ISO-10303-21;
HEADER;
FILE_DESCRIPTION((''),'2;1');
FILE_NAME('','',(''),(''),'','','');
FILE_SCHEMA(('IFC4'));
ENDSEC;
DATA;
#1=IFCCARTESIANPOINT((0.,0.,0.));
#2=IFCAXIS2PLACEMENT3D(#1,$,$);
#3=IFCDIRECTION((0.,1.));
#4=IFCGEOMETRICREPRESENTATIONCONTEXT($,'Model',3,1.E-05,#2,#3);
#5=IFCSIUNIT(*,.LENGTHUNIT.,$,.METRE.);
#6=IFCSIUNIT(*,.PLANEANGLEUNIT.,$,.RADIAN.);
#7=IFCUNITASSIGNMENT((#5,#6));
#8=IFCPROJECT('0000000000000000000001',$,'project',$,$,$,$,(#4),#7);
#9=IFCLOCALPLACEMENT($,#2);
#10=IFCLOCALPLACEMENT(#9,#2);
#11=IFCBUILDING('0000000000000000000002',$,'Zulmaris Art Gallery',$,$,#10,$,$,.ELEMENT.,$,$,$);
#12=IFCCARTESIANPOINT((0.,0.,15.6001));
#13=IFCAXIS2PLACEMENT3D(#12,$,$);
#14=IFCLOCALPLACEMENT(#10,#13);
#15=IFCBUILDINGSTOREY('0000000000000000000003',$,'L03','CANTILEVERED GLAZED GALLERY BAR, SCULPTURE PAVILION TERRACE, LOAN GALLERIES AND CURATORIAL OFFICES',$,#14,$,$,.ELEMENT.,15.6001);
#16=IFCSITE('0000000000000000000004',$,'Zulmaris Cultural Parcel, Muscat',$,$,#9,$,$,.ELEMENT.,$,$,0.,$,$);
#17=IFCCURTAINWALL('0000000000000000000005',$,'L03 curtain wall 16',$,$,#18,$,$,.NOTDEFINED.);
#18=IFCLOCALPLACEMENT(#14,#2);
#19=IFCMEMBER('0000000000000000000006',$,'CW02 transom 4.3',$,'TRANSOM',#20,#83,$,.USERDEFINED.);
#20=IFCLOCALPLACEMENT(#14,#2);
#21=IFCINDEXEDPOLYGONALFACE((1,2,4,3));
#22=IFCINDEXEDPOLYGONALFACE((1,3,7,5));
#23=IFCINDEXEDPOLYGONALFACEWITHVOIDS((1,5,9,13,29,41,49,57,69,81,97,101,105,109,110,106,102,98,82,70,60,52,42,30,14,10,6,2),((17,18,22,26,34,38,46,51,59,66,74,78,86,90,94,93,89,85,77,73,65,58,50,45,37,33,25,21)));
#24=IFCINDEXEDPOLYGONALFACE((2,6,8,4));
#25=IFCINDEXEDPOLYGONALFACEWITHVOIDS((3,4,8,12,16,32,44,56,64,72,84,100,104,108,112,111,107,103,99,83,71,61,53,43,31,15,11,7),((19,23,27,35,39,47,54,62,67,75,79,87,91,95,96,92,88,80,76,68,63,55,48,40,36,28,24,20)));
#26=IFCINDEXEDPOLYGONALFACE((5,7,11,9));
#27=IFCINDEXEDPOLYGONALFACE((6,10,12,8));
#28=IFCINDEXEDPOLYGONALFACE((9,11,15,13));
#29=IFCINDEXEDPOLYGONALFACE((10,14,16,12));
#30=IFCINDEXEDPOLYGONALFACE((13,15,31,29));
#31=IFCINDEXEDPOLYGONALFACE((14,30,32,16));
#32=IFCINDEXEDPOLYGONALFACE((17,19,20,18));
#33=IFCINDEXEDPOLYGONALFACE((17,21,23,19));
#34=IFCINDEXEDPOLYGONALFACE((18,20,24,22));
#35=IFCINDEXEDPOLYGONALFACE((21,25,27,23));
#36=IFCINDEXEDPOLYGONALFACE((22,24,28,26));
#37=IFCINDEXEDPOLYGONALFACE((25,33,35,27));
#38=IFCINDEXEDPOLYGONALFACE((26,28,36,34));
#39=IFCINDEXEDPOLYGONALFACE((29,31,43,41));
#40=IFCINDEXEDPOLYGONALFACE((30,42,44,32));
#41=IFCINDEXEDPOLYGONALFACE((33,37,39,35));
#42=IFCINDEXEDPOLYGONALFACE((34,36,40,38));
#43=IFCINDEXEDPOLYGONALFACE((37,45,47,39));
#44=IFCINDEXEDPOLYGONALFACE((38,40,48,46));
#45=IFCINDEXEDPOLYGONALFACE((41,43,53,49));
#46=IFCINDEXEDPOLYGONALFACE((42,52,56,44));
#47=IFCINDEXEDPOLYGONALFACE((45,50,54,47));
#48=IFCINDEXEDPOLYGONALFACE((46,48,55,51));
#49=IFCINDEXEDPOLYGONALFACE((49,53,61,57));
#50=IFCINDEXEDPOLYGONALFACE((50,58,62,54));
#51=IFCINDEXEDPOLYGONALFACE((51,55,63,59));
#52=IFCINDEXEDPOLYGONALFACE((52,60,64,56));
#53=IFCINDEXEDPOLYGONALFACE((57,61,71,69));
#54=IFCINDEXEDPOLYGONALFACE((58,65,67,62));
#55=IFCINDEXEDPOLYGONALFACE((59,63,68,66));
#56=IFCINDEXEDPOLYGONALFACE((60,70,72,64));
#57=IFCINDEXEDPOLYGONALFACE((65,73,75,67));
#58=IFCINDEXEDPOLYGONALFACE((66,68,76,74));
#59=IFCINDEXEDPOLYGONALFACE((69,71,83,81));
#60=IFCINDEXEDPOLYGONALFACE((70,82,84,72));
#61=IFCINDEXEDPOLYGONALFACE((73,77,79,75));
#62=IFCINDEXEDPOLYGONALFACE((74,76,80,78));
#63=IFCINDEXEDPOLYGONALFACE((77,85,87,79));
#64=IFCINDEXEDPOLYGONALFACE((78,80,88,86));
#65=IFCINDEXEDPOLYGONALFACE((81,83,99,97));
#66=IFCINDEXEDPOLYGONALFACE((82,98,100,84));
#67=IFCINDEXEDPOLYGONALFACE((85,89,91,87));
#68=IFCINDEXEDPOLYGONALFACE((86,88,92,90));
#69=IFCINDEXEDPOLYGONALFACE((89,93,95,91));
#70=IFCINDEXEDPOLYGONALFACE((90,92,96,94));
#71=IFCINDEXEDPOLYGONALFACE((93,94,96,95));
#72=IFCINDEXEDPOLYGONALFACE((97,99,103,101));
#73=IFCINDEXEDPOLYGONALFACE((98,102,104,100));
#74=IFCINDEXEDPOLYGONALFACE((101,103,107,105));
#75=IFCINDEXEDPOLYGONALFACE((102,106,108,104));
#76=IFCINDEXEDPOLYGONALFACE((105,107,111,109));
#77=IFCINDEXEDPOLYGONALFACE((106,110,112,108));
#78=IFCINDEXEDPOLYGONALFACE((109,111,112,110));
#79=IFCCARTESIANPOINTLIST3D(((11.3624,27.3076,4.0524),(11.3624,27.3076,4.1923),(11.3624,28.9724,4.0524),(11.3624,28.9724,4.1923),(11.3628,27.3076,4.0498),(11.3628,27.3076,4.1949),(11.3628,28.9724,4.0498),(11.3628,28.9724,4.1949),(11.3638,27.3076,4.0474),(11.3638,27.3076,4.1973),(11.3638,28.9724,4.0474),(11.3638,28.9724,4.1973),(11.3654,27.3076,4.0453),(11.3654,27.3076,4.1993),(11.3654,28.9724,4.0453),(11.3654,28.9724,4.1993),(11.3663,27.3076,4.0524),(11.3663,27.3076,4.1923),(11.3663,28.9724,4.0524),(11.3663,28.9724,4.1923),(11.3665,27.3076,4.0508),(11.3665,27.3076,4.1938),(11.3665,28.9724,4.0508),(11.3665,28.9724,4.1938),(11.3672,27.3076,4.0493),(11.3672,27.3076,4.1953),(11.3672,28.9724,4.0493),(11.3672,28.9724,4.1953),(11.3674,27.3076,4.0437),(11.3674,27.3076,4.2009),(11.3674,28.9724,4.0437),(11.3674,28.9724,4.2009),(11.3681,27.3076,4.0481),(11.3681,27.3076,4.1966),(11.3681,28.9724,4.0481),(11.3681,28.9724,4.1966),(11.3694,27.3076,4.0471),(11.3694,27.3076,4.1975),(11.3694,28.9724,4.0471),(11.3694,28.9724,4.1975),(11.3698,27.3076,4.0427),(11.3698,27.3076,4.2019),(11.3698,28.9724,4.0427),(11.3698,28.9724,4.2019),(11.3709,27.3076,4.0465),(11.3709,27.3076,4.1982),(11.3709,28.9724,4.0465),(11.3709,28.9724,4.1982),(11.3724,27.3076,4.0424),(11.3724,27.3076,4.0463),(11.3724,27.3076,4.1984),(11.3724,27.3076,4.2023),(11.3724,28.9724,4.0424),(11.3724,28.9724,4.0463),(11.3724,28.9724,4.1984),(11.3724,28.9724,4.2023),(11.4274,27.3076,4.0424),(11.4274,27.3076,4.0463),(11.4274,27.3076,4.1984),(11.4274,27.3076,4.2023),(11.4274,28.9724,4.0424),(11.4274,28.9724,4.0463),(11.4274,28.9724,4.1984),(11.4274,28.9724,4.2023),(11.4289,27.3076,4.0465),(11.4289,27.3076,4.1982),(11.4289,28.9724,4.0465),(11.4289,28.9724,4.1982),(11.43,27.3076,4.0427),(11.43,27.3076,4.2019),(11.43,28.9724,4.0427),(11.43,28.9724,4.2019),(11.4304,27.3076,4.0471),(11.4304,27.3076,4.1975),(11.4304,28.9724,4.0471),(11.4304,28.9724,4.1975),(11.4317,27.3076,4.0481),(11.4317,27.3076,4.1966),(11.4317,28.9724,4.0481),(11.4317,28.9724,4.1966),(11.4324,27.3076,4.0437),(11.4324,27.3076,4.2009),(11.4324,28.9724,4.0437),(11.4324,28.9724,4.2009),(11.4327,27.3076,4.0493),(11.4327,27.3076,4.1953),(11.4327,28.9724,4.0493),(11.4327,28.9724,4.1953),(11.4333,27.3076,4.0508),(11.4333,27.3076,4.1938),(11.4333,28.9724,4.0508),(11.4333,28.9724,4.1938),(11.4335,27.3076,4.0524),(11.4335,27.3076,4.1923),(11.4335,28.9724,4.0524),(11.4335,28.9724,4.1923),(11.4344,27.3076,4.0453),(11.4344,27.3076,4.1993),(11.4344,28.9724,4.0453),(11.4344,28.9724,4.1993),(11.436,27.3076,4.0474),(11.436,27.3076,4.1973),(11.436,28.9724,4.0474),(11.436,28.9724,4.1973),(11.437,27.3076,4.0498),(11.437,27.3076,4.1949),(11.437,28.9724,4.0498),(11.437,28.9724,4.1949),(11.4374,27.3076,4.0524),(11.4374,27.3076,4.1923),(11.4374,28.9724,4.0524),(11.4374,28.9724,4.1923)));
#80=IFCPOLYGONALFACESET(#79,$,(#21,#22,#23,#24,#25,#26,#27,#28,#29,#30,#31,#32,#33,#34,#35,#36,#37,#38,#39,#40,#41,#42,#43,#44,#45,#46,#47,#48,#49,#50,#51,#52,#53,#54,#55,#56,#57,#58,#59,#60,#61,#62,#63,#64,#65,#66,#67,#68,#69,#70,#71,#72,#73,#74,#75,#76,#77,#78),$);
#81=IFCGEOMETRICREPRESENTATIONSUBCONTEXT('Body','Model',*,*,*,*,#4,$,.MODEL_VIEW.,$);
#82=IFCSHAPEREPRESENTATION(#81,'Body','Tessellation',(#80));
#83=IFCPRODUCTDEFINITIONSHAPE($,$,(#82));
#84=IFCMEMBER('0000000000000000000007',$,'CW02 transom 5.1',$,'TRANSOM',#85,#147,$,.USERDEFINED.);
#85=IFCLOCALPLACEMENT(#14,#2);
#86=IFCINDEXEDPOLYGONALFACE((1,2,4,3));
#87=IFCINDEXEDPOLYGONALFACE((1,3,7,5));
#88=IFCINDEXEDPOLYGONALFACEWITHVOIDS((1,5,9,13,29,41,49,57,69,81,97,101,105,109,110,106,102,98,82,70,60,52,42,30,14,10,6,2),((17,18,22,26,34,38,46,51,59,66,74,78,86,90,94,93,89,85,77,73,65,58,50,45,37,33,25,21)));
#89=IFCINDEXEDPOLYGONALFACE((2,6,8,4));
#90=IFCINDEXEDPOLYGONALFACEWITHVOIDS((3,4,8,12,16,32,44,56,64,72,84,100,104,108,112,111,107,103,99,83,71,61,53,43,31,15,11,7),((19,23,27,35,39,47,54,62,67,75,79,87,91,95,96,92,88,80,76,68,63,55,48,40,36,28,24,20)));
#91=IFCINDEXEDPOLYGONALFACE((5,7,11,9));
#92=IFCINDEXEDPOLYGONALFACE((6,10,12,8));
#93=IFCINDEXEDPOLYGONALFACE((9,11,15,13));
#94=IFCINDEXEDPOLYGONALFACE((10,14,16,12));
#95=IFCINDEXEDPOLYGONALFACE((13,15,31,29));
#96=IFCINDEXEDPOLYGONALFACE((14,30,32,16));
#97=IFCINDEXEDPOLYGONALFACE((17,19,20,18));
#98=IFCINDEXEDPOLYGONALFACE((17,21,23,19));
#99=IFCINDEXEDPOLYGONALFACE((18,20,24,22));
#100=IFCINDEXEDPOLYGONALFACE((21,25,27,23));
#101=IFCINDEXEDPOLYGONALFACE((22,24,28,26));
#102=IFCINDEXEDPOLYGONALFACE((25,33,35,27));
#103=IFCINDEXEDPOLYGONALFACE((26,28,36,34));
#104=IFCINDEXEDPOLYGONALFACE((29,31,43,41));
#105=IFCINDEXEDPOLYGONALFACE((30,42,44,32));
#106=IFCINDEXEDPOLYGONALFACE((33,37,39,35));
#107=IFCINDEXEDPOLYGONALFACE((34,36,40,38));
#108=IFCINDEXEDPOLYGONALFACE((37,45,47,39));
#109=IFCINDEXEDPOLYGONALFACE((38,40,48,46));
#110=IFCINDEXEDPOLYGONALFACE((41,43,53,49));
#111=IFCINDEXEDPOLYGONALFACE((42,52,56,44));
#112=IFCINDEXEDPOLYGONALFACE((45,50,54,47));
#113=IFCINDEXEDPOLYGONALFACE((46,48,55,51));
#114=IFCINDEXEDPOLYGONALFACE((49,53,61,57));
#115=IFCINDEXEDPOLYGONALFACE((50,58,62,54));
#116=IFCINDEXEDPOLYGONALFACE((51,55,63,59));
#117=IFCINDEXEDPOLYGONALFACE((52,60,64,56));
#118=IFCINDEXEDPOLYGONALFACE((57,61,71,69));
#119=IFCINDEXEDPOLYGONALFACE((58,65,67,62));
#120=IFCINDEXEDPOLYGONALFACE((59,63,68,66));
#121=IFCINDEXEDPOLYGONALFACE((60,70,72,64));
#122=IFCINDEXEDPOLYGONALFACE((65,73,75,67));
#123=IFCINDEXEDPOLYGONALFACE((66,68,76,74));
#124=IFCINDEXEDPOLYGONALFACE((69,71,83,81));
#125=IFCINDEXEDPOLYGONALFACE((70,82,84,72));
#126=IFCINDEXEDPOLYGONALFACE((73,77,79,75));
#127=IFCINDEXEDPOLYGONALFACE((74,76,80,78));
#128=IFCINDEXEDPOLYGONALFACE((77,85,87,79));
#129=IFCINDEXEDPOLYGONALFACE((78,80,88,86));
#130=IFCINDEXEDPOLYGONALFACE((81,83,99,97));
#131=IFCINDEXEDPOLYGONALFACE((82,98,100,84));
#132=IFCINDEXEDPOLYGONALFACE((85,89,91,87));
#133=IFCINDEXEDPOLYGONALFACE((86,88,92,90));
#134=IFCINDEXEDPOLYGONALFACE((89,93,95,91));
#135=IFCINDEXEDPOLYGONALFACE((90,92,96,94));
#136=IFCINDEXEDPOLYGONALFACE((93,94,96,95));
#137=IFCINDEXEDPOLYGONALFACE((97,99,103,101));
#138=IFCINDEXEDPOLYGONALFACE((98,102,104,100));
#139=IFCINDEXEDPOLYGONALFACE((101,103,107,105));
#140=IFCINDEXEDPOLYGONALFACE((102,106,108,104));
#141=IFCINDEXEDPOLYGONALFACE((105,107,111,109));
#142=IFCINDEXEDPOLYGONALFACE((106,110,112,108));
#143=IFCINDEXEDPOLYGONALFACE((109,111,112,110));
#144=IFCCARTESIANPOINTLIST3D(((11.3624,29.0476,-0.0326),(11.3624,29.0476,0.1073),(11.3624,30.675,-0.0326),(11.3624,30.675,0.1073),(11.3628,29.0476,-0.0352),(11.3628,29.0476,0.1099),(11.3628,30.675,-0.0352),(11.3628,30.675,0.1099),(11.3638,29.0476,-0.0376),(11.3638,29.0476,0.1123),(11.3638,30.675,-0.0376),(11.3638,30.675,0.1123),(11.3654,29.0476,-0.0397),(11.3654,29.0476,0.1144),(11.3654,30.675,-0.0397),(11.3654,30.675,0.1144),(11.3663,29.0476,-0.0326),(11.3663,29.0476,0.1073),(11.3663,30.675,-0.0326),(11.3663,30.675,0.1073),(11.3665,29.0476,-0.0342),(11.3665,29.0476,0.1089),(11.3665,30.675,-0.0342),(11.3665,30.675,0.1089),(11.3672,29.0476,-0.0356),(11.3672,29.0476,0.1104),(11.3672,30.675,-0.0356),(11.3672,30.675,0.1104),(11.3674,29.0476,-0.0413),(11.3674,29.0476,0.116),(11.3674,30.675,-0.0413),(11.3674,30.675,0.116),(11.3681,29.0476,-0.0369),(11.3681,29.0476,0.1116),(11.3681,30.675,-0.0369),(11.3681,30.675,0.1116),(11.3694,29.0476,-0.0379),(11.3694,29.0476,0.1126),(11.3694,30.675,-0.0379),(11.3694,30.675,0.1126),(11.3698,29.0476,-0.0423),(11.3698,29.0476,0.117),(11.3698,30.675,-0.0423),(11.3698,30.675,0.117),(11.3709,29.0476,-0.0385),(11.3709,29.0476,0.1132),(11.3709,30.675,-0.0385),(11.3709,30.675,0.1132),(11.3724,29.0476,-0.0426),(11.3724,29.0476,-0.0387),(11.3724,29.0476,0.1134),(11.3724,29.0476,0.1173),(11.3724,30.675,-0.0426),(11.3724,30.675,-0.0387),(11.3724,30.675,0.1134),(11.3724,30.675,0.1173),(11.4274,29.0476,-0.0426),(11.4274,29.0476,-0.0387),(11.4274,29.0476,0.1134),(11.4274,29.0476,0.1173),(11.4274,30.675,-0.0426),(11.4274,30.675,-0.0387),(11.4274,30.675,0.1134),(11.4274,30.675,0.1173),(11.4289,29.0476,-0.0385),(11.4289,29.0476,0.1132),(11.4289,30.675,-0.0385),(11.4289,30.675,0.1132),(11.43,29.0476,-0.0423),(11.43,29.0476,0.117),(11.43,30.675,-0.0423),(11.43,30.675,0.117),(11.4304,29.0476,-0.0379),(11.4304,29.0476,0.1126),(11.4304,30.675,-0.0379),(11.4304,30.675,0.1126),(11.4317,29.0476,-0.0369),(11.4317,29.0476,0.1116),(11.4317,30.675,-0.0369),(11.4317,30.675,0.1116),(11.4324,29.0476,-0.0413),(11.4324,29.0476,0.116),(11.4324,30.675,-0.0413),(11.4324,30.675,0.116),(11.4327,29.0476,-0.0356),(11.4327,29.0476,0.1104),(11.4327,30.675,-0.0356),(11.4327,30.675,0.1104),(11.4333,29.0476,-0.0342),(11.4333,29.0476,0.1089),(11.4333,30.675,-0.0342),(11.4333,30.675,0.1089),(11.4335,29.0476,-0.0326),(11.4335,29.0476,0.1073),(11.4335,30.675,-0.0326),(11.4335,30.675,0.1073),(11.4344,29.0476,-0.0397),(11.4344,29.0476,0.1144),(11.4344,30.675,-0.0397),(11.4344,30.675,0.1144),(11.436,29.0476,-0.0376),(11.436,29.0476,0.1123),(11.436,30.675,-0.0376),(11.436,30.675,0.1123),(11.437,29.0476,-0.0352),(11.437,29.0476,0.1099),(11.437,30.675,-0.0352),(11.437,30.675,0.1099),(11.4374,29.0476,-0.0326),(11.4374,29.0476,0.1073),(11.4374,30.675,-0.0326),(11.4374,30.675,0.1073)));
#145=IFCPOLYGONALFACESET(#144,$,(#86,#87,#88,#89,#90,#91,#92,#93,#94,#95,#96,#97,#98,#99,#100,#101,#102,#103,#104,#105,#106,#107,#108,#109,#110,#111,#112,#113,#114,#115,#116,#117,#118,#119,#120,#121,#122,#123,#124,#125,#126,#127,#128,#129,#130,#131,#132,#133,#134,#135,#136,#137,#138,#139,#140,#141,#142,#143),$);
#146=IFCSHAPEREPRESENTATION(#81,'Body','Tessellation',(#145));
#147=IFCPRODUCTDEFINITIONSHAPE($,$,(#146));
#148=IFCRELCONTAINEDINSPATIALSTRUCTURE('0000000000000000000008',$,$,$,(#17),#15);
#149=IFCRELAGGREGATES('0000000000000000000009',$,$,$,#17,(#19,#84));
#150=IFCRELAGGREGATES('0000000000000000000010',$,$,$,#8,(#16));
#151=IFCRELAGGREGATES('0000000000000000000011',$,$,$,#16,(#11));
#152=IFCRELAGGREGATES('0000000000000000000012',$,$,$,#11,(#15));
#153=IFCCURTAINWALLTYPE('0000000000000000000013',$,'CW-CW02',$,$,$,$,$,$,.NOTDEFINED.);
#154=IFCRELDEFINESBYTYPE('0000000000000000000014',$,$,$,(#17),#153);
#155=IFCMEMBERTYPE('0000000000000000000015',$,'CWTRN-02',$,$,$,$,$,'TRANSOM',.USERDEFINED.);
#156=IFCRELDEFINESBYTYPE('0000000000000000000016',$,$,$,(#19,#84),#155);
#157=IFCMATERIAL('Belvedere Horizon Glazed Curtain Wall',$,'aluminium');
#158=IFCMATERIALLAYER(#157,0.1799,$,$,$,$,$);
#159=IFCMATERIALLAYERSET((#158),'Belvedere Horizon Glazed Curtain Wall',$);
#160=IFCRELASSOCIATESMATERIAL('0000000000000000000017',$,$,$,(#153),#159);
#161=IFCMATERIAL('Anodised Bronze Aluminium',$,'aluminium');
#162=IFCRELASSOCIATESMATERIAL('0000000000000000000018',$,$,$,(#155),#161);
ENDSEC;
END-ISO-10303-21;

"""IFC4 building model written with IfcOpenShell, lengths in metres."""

from ifc_helpers import new_model, si_unit, direction, frame, origin, origin_2d, place, context, subcontext, project, spatial, hollow_rectangle, extrude, material, layer, layer_set, material_profile, profile_set, type_object, element, aggregate, save


model = new_model("IFC4")

# Units and contexts
model_context = context("Model", 3, precision=1e-05, world=origin(), true_north=direction((0.0, 1.0)))
body_context = subcontext(model_context, "Body", "Model", "MODEL_VIEW")
ifc_project = project(units=[si_unit("LENGTHUNIT", "METRE"), si_unit("PLANEANGLEUNIT", "RADIAN")], contexts=[model_context])

# Site, building, storey
site_placement = place(None, origin())
site = spatial("IfcSite", under=ifc_project, at=site_placement, Name="Zulmaris Cultural Parcel, Muscat", CompositionType="ELEMENT", RefElevation=0.0)
building_placement = place(site_placement, origin())
building = spatial("IfcBuilding", under=site, at=building_placement, Name="Zulmaris Art Gallery", CompositionType="ELEMENT")
storey_placement = place(building_placement, frame((0.0, 0.0, 15.6001)))
storey = spatial("IfcBuildingStorey", under=building, at=storey_placement, Name="L03", Description="CANTILEVERED GLAZED GALLERY BAR, SCULPTURE PAVILION TERRACE, LOAN GALLERIES AND CURATORIAL OFFICES", CompositionType="ELEMENT", Elevation=15.6001)

# Curtain wall
ifc_material_1 = material(Name="Belvedere Horizon Glazed Curtain Wall", Category="aluminium")
ifc_layer_1 = layer(ifc_material_1, 0.1799)
ifc_layer_set_1 = layer_set([ifc_layer_1], Name="Belvedere Horizon Glazed Curtain Wall")
curtain_wall_type_1 = type_object("IfcCurtainWallType", Name="CW-CW02", PredefinedType="NOTDEFINED", material=ifc_layer_set_1)
curtain_wall_1_placement = place(storey_placement, origin())
curtain_wall_1 = element("IfcCurtainWall", 1, at=curtain_wall_1_placement, inside=storey, type_object=curtain_wall_type_1, Name="L03 curtain wall 16", PredefinedType="NOTDEFINED")
ifc_material_2 = material(Name="Anodised Bronze Aluminium", Category="aluminium")

# Members
ifc_material_profile_1 = material_profile(ifc_material_2, hollow_rectangle(XDim=0.075, YDim=0.1599, WallThickness=0.0039, InnerFilletRadius=0.0061, OuterFilletRadius=0.01, at=origin_2d()), Name="ALU 75x160x4")
ifc_profile_set_1 = profile_set([ifc_material_profile_1], Name="Anodised Bronze Aluminium")
member_type_1 = type_object("IfcMemberType", Name="CWTRN-02", ElementType="TRANSOM", PredefinedType="USERDEFINED", material=ifc_profile_set_1)
member_1_placement = place(storey_placement, frame((11.3999, 27.3076, 4.1223), z_axis=(0.0, 1.0, 0.0), x_axis=(-1.0, 0.0, 0.0)))
member_1 = element("IfcMember", 2, at=member_1_placement, type_object=member_type_1, Name="CW02 transom 4.3", ObjectType="TRANSOM", PredefinedType="USERDEFINED", context=body_context, shape_type="SweptSolid", body=[
    extrude(hollow_rectangle(XDim=0.075, YDim=0.1599, WallThickness=0.0039, InnerFilletRadius=0.0061, OuterFilletRadius=0.01, at=origin_2d()), origin(), (0.0, 0.0, 1.0), 1.6648),
])
member_2_placement = place(storey_placement, frame((11.3999, 29.0476, 0.0374), z_axis=(0.0, 1.0, 0.0), x_axis=(-1.0, 0.0, 0.0)))
member_2 = element("IfcMember", 3, at=member_2_placement, type_object=member_type_1, Name="CW02 transom 5.1", ObjectType="TRANSOM", PredefinedType="USERDEFINED", context=body_context, shape_type="SweptSolid", body=[
    extrude(hollow_rectangle(XDim=0.075, YDim=0.1599, WallThickness=0.0039, InnerFilletRadius=0.0061, OuterFilletRadius=0.01, at=origin_2d()), origin(), (0.0, 0.0, 1.0), 1.6274),
])

aggregate(curtain_wall_1, [member_1, member_2])

save(model, "model.ifc")
